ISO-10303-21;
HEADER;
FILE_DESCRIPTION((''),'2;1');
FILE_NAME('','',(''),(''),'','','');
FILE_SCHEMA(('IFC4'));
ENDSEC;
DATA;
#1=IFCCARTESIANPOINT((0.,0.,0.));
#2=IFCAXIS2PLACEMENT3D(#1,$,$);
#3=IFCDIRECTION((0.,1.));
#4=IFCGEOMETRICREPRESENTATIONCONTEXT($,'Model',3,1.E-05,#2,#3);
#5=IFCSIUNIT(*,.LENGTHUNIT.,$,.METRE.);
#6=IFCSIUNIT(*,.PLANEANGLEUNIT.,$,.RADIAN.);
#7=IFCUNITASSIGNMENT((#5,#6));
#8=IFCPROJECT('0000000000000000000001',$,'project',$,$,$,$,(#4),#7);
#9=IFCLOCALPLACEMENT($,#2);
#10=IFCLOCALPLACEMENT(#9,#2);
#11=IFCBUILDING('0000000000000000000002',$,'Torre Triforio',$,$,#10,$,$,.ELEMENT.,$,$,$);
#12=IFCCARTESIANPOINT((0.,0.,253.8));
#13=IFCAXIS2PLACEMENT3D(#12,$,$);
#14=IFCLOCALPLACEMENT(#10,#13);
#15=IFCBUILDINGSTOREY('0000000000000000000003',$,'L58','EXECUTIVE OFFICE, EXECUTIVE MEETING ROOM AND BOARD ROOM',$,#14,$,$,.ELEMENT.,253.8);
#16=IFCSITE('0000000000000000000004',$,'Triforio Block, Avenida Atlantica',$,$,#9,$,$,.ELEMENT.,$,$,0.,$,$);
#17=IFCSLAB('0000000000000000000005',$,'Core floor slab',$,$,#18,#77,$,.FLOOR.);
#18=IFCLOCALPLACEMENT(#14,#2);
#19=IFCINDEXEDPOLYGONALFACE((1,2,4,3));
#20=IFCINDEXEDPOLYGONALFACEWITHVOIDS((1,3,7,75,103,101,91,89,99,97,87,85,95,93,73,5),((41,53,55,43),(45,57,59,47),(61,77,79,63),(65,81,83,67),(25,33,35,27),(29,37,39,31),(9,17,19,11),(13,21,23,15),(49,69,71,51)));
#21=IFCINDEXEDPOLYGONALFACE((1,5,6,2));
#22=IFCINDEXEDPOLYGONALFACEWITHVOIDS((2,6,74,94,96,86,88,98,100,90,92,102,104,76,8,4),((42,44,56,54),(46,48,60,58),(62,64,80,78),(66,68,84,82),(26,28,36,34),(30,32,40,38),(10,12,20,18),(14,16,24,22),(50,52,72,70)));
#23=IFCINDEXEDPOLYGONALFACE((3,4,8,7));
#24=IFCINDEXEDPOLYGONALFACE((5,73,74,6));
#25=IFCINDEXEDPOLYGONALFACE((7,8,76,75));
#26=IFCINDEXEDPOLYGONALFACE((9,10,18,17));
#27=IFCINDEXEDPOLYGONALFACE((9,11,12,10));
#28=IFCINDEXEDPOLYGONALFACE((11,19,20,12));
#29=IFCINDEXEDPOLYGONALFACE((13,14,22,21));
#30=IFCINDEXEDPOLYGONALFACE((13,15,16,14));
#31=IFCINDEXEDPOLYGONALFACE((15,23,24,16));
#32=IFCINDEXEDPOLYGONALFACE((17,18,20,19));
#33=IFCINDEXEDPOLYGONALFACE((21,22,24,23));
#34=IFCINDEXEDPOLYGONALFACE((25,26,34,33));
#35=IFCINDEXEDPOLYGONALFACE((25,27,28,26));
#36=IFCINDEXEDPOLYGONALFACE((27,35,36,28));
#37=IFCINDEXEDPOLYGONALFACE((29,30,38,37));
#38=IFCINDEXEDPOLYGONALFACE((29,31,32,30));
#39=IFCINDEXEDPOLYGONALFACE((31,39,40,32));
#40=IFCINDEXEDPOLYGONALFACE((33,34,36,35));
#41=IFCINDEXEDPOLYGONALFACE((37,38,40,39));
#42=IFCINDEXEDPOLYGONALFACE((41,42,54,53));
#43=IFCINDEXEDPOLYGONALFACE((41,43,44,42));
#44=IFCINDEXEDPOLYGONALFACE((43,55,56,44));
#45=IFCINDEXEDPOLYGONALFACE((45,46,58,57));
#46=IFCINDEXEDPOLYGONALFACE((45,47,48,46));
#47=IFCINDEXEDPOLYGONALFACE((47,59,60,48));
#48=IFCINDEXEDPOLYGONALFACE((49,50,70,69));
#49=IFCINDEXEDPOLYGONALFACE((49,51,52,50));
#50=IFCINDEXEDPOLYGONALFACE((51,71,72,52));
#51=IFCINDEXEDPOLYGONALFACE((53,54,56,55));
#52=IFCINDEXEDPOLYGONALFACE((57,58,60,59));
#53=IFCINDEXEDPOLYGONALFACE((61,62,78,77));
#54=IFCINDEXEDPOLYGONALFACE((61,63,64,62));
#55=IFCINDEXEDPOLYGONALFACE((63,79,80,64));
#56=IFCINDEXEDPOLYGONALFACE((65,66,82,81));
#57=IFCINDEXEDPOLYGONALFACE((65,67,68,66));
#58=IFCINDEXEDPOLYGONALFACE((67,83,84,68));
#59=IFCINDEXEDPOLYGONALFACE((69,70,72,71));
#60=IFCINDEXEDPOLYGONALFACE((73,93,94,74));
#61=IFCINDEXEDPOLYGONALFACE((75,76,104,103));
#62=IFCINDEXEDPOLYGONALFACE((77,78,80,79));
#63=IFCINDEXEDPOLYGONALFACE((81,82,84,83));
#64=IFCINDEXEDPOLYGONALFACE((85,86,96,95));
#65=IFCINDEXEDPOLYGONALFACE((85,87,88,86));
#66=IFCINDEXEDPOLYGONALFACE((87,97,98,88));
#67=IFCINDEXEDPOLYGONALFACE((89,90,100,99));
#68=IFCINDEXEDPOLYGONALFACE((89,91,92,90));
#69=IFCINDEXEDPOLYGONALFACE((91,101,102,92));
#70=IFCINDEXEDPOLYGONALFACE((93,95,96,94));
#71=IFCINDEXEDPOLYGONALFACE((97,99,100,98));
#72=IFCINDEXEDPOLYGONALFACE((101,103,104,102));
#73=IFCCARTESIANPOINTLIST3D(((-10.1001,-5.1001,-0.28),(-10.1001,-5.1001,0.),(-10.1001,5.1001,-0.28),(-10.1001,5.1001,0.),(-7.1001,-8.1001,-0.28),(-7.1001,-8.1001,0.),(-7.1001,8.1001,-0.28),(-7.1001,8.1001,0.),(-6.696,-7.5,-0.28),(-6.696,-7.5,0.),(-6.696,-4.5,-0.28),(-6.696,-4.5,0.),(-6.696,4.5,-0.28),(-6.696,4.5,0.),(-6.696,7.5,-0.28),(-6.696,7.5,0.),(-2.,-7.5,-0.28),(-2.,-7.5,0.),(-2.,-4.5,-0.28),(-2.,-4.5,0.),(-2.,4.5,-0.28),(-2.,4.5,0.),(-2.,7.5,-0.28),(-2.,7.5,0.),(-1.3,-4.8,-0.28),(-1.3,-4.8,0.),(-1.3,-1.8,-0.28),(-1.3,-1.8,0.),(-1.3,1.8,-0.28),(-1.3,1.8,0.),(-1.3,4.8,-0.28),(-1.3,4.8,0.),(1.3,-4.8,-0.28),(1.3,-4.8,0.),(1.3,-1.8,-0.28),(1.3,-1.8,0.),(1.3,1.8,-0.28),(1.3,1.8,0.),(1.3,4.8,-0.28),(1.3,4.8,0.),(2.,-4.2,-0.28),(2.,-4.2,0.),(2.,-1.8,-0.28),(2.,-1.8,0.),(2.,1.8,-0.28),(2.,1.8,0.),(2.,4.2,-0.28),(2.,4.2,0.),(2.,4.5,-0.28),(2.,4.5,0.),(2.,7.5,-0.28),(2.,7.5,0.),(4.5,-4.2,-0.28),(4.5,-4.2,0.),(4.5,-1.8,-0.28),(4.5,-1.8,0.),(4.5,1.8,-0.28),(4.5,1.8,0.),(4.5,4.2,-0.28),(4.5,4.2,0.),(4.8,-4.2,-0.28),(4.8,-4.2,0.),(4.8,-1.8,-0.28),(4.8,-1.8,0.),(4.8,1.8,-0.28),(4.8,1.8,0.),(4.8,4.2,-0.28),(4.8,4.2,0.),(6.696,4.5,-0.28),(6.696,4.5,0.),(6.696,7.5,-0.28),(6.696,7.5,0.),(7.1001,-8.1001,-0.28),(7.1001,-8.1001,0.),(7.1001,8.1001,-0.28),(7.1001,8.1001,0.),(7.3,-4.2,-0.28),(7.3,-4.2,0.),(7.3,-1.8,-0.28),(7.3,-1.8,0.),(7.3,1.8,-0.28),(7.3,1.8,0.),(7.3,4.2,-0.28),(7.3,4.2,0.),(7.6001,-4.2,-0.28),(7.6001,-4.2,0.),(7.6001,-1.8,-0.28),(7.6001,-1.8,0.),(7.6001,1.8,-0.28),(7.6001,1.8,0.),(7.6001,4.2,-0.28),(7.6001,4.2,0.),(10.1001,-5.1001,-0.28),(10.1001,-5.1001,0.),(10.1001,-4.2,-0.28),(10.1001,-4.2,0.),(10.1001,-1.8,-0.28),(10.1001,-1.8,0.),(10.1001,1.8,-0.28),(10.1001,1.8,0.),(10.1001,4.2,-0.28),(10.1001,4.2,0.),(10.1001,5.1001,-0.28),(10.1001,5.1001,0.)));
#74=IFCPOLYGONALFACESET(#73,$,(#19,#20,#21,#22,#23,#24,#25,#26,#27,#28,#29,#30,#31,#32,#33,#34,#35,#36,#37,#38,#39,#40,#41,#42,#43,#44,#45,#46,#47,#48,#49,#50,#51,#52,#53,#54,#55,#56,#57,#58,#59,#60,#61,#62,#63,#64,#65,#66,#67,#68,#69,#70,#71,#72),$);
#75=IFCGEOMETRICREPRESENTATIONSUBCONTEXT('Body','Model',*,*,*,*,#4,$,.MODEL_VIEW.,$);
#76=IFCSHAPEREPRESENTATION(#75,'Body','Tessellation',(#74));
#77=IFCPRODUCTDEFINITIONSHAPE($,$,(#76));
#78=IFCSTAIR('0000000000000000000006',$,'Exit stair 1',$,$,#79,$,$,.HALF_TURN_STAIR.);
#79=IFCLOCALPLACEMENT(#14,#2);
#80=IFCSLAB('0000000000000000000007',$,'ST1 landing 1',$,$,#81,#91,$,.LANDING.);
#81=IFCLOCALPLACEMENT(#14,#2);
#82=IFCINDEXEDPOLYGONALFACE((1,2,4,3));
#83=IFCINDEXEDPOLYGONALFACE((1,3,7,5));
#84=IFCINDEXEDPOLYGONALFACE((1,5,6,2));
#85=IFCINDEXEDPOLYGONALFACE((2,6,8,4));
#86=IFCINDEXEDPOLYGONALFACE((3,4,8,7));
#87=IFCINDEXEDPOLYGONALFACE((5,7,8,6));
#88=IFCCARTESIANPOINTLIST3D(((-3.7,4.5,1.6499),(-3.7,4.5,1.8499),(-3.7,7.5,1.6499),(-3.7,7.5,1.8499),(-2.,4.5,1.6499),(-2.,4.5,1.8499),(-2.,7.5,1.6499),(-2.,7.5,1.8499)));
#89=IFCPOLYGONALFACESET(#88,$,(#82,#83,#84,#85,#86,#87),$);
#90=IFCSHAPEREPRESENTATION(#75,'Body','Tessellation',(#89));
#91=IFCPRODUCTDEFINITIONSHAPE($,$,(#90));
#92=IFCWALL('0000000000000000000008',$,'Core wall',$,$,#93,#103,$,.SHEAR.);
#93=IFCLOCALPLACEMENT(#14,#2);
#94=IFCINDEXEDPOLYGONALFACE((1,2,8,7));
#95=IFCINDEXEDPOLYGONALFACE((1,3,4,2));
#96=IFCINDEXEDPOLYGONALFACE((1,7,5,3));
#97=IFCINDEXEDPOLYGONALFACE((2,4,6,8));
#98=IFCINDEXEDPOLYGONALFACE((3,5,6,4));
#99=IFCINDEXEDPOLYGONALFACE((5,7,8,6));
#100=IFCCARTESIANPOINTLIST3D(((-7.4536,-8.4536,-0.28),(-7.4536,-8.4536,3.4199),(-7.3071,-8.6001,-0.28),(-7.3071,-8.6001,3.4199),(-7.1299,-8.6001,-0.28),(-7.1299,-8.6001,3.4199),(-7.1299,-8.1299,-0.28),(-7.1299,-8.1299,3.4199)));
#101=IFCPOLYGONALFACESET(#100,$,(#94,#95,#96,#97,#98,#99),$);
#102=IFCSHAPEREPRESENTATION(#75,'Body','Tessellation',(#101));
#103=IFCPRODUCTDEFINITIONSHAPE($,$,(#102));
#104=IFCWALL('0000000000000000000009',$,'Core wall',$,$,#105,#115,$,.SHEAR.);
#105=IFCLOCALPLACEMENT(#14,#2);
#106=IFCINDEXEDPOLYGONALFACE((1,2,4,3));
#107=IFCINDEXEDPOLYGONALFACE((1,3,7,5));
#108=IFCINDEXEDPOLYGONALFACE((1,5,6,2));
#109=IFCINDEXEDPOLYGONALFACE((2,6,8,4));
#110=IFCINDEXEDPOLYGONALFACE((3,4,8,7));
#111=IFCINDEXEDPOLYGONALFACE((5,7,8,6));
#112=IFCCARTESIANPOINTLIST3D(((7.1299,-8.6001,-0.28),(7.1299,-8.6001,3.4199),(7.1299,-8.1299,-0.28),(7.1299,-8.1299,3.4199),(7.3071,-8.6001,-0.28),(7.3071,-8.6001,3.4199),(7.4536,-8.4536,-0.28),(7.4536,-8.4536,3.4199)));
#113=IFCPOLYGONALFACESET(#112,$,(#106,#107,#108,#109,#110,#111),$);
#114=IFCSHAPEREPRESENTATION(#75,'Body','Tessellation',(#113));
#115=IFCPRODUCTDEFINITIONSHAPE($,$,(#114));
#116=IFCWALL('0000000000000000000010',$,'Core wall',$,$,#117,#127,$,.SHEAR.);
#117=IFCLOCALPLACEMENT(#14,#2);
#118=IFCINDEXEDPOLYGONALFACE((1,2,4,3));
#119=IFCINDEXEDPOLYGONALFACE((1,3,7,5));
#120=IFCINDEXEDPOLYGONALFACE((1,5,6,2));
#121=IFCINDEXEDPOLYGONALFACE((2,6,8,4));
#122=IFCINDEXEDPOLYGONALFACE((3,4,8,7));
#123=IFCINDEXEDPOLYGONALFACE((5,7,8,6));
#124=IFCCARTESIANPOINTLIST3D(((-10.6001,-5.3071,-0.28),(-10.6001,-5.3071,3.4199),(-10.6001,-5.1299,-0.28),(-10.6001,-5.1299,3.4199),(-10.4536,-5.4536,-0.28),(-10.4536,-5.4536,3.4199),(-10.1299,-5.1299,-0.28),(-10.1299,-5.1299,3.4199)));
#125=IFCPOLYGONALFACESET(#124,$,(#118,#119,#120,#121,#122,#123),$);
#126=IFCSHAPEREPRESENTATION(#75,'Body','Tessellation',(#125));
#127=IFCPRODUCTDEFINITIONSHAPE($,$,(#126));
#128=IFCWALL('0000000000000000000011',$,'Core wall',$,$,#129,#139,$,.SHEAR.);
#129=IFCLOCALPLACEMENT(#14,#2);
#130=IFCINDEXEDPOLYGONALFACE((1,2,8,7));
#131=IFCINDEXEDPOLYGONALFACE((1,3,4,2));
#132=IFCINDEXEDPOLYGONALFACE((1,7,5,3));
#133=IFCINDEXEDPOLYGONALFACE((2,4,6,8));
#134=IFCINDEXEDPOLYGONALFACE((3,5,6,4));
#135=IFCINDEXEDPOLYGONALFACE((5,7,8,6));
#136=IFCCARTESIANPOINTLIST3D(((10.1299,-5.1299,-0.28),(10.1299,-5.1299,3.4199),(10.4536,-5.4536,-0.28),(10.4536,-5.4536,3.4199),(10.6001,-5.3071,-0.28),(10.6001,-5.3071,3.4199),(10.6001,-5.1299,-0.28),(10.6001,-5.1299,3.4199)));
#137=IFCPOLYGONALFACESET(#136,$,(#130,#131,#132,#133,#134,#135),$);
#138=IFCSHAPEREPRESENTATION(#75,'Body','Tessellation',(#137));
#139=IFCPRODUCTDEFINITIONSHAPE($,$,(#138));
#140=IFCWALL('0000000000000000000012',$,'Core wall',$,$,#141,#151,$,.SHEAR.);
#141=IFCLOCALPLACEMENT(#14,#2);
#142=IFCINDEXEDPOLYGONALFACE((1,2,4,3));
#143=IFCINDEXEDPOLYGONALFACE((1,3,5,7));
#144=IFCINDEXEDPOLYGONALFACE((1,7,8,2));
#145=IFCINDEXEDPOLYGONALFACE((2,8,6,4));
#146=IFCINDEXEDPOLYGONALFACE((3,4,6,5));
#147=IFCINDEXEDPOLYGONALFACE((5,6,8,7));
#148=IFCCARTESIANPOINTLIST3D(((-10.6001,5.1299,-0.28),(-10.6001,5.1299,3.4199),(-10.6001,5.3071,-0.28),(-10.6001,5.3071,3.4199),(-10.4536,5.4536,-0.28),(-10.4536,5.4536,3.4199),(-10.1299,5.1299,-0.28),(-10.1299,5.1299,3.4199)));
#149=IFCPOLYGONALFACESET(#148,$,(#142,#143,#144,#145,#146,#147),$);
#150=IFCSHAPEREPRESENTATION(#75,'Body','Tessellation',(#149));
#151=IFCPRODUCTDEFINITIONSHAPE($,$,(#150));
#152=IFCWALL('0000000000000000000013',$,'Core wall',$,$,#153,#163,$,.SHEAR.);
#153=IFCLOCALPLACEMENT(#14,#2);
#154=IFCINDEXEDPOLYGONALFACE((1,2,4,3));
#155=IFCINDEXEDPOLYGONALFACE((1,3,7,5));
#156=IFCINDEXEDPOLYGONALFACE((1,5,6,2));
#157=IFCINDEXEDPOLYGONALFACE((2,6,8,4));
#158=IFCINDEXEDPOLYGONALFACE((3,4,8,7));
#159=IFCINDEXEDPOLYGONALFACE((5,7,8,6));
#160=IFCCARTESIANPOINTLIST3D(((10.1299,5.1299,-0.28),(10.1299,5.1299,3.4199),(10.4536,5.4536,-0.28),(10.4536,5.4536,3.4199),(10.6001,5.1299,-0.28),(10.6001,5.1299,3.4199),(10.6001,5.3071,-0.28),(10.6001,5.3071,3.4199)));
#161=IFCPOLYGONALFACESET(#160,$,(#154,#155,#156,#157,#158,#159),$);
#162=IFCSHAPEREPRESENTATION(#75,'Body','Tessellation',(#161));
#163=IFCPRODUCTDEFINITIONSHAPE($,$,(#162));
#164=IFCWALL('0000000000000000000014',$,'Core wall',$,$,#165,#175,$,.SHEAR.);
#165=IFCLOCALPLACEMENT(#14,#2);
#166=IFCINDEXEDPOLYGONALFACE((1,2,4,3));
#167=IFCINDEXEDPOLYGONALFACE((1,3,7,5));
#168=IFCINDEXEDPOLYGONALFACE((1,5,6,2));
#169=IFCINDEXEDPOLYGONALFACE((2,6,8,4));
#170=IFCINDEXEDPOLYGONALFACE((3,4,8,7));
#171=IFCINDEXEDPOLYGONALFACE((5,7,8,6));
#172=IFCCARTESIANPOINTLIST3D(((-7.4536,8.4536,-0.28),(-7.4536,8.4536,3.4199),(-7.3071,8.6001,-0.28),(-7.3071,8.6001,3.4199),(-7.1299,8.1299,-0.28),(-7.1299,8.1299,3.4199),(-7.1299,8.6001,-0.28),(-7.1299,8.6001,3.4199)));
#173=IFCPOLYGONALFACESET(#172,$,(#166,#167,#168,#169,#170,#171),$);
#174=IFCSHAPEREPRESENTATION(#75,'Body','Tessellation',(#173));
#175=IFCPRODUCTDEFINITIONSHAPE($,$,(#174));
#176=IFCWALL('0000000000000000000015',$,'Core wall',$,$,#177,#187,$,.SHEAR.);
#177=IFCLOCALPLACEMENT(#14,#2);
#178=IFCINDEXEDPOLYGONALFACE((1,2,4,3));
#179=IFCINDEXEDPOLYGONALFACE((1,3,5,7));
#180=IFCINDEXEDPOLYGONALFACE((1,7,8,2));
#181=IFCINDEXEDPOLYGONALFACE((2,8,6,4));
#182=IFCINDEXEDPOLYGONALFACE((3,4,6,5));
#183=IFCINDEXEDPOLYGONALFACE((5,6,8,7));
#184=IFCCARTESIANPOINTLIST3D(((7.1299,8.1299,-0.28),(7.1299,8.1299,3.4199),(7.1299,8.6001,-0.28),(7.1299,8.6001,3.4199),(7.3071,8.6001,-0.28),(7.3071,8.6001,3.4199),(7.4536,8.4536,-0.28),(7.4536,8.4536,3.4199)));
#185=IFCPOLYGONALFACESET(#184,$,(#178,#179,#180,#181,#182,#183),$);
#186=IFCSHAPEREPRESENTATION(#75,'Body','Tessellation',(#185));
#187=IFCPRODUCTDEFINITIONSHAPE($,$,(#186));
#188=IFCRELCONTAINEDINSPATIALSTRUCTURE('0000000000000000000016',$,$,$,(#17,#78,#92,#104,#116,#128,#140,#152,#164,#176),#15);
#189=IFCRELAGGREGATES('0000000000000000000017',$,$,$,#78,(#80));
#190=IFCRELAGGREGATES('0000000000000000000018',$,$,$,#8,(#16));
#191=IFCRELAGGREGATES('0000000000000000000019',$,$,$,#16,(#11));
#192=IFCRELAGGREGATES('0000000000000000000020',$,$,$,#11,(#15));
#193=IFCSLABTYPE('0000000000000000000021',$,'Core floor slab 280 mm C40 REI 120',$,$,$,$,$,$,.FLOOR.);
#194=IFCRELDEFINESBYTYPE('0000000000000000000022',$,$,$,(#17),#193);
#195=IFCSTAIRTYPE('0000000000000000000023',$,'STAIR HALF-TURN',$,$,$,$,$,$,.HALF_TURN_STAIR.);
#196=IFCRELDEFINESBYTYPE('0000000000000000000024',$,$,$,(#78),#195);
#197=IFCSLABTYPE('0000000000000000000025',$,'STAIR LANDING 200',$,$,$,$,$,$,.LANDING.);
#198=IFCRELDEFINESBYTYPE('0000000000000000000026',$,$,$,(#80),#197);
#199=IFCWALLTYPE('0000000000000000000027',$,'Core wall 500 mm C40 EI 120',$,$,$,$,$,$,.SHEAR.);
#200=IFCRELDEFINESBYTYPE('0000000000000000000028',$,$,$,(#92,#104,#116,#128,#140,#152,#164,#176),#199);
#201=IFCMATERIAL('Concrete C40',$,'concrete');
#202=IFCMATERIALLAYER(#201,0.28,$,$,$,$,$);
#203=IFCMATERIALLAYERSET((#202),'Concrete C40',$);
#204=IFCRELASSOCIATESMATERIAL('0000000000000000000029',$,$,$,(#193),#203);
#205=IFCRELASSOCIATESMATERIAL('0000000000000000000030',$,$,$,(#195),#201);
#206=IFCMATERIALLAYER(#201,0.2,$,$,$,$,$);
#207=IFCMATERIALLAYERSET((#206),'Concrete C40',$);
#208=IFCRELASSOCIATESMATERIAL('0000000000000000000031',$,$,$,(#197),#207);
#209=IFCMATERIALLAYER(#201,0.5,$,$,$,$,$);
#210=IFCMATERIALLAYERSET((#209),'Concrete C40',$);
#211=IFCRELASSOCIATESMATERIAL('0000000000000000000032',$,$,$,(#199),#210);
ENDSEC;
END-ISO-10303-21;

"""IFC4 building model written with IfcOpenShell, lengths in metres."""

from ifc_helpers import new_model, si_unit, direction, frame, origin, place, context, subcontext, project, spatial, polyline, outline, extrude, material, layer, layer_set, type_object, element, aggregate, save


model = new_model("IFC4")

# Units and contexts
model_context = context("Model", 3, precision=1e-05, world=origin(), true_north=direction((0.0, 1.0)))
body_context = subcontext(model_context, "Body", "Model", "MODEL_VIEW")
ifc_project = project(units=[si_unit("LENGTHUNIT", "METRE"), si_unit("PLANEANGLEUNIT", "RADIAN")], contexts=[model_context])

# Site, building, storey
site_placement = place(None, origin())
site = spatial("IfcSite", under=ifc_project, at=site_placement, Name="Triforio Block, Avenida Atlantica", CompositionType="ELEMENT", RefElevation=0.0)
building_placement = place(site_placement, origin())
building = spatial("IfcBuilding", under=site, at=building_placement, Name="Torre Triforio", CompositionType="ELEMENT")
storey_placement = place(building_placement, frame((0.0, 0.0, 253.8)))
storey = spatial("IfcBuildingStorey", under=building, at=storey_placement, Name="L58", Description="EXECUTIVE OFFICE, EXECUTIVE MEETING ROOM AND BOARD ROOM", CompositionType="ELEMENT", Elevation=253.8)

# Slab
ifc_material_1 = material(Name="Concrete C40", Category="concrete")
ifc_layer_1 = layer(ifc_material_1, 0.28)
ifc_layer_set_1 = layer_set([ifc_layer_1], Name="Concrete C40")
slab_type_1 = type_object("IfcSlabType", Name="Core floor slab 280 mm C40 REI 120", PredefinedType="FLOOR", material=ifc_layer_set_1)
slab_1_placement = place(storey_placement, frame((0.0, 0.0, -0.28)))
element("IfcSlab", 1, at=slab_1_placement, inside=storey, type_object=slab_type_1, Name="Core floor slab", PredefinedType="FLOOR", context=body_context, shape_type="SweptSolid", body=[
    extrude(outline(polyline([(10.1001, -5.1001), (7.1001, -8.1001), (-7.1001, -8.1001), (-10.1001, -5.1001), (-10.1001, 5.1001), (-7.1001, 8.1001), (7.1001, 8.1001), (10.1001, 5.1001), (10.1001, 4.2), (7.6001, 4.2), (7.6001, 1.8), (10.1001, 1.8), (10.1001, -1.8), (7.6001, -1.8), (7.6001, -4.2), (10.1001, -4.2), (10.1001, -5.1001)]), holes=[polyline([(-6.696, -4.5), (-6.696, -7.5), (-2.0, -7.5), (-2.0, -4.5), (-6.696, -4.5)]), polyline([(-1.3, -1.8), (-1.3, -4.8), (1.3, -4.8), (1.3, -1.8), (-1.3, -1.8)]), polyline([(2.0, -1.8), (2.0, -4.2), (4.5, -4.2), (4.5, -1.8), (2.0, -1.8)]), polyline([(4.5, 4.2), (2.0, 4.2), (2.0, 1.8), (4.5, 1.8), (4.5, 4.2)]), polyline([(1.3, 4.8), (-1.3, 4.8), (-1.3, 1.8), (1.3, 1.8), (1.3, 4.8)]), polyline([(-6.696, 7.5), (-6.696, 4.5), (-2.0, 4.5), (-2.0, 7.5), (-6.696, 7.5)]), polyline([(7.3, -1.8), (4.8, -1.8), (4.8, -4.2), (7.3, -4.2), (7.3, -1.8)]), polyline([(4.8, 4.2), (4.8, 1.8), (7.3, 1.8), (7.3, 4.2), (4.8, 4.2)]), polyline([(6.696, 7.5), (2.0, 7.5), (2.0, 4.5), (6.696, 4.5), (6.696, 7.5)])]), origin(), (0.0, 0.0, 1.0), 0.28),
])

# Stair, slab
stair_type = type_object("IfcStairType", Name="STAIR HALF-TURN", PredefinedType="HALF_TURN_STAIR", material=ifc_material_1)
stair_placement = place(storey_placement, origin())
stair = element("IfcStair", 2, at=stair_placement, inside=storey, type_object=stair_type, Name="Exit stair 1", PredefinedType="HALF_TURN_STAIR")
ifc_layer_2 = layer(ifc_material_1, 0.2)
ifc_layer_set_2 = layer_set([ifc_layer_2], Name="Concrete C40")
slab_type_2 = type_object("IfcSlabType", Name="STAIR LANDING 200", PredefinedType="LANDING", material=ifc_layer_set_2)
slab_2_placement = place(storey_placement, frame((0.0, 0.0, 1.6499)))
slab_2 = element("IfcSlab", 3, at=slab_2_placement, type_object=slab_type_2, Name="ST1 landing 1", PredefinedType="LANDING", context=body_context, shape_type="SweptSolid", body=[
    extrude(outline(polyline([(-2.0, 4.5), (-2.0, 7.5), (-3.7, 7.5), (-3.7, 4.5), (-2.0, 4.5)])), origin(), (0.0, 0.0, 1.0), 0.2),
])
aggregate(stair, [slab_2])

# Walls
ifc_layer_3 = layer(ifc_material_1, 0.5)
ifc_layer_set_3 = layer_set([ifc_layer_3], Name="Concrete C40")
wall_type_1 = type_object("IfcWallType", Name="Core wall 500 mm C40 EI 120", PredefinedType="SHEAR", material=ifc_layer_set_3)
wall_1_placement = place(storey_placement, frame((0.0, 0.0, -0.28)))
element("IfcWall", 4, at=wall_1_placement, inside=storey, type_object=wall_type_1, Name="Core wall", PredefinedType="SHEAR", context=body_context, shape_type="SweptSolid", body=[
    extrude(outline(polyline([(-7.3071, -8.6001), (-7.4536, -8.4536), (-7.1299, -8.1299), (-7.1299, -8.6001), (-7.3071, -8.6001)])), origin(), (0.0, 0.0, 1.0), 3.7),
])
wall_2_placement = place(storey_placement, frame((0.0, 0.0, -0.28)))
element("IfcWall", 5, at=wall_2_placement, inside=storey, type_object=wall_type_1, Name="Core wall", PredefinedType="SHEAR", context=body_context, shape_type="SweptSolid", body=[
    extrude(outline(polyline([(7.3071, -8.6001), (7.1299, -8.6001), (7.1299, -8.1299), (7.4536, -8.4536), (7.3071, -8.6001)])), origin(), (0.0, 0.0, 1.0), 3.7),
])
wall_3_placement = place(storey_placement, frame((0.0, 0.0, -0.28)))
element("IfcWall", 6, at=wall_3_placement, inside=storey, type_object=wall_type_1, Name="Core wall", PredefinedType="SHEAR", context=body_context, shape_type="SweptSolid", body=[
    extrude(outline(polyline([(-10.6001, -5.3071), (-10.6001, -5.1299), (-10.1299, -5.1299), (-10.4536, -5.4536), (-10.6001, -5.3071)])), origin(), (0.0, 0.0, 1.0), 3.7),
])
wall_4_placement = place(storey_placement, frame((0.0, 0.0, -0.28)))
element("IfcWall", 7, at=wall_4_placement, inside=storey, type_object=wall_type_1, Name="Core wall", PredefinedType="SHEAR", context=body_context, shape_type="SweptSolid", body=[
    extrude(outline(polyline([(10.6001, -5.3071), (10.4536, -5.4536), (10.1299, -5.1299), (10.6001, -5.1299), (10.6001, -5.3071)])), origin(), (0.0, 0.0, 1.0), 3.7),
])
wall_5_placement = place(storey_placement, frame((0.0, 0.0, -0.28)))
element("IfcWall", 8, at=wall_5_placement, inside=storey, type_object=wall_type_1, Name="Core wall", PredefinedType="SHEAR", context=body_context, shape_type="SweptSolid", body=[
    extrude(outline(polyline([(-10.4536, 5.4536), (-10.1299, 5.1299), (-10.6001, 5.1299), (-10.6001, 5.3071), (-10.4536, 5.4536)])), origin(), (0.0, 0.0, 1.0), 3.7),
])
wall_6_placement = place(storey_placement, frame((0.0, 0.0, -0.28)))
element("IfcWall", 9, at=wall_6_placement, inside=storey, type_object=wall_type_1, Name="Core wall", PredefinedType="SHEAR", context=body_context, shape_type="SweptSolid", body=[
    extrude(outline(polyline([(10.6001, 5.3071), (10.6001, 5.1299), (10.1299, 5.1299), (10.4536, 5.4536), (10.6001, 5.3071)])), origin(), (0.0, 0.0, 1.0), 3.7),
])
wall_7_placement = place(storey_placement, frame((0.0, 0.0, -0.28)))
element("IfcWall", 10, at=wall_7_placement, inside=storey, type_object=wall_type_1, Name="Core wall", PredefinedType="SHEAR", context=body_context, shape_type="SweptSolid", body=[
    extrude(outline(polyline([(-7.3071, 8.6001), (-7.1299, 8.6001), (-7.1299, 8.1299), (-7.4536, 8.4536), (-7.3071, 8.6001)])), origin(), (0.0, 0.0, 1.0), 3.7),
])
wall_8_placement = place(storey_placement, frame((0.0, 0.0, -0.28)))
element("IfcWall", 11, at=wall_8_placement, inside=storey, type_object=wall_type_1, Name="Core wall", PredefinedType="SHEAR", context=body_context, shape_type="SweptSolid", body=[
    extrude(outline(polyline([(7.3071, 8.6001), (7.4536, 8.4536), (7.1299, 8.1299), (7.1299, 8.6001), (7.3071, 8.6001)])), origin(), (0.0, 0.0, 1.0), 3.7),
])

save(model, "model.ifc")
